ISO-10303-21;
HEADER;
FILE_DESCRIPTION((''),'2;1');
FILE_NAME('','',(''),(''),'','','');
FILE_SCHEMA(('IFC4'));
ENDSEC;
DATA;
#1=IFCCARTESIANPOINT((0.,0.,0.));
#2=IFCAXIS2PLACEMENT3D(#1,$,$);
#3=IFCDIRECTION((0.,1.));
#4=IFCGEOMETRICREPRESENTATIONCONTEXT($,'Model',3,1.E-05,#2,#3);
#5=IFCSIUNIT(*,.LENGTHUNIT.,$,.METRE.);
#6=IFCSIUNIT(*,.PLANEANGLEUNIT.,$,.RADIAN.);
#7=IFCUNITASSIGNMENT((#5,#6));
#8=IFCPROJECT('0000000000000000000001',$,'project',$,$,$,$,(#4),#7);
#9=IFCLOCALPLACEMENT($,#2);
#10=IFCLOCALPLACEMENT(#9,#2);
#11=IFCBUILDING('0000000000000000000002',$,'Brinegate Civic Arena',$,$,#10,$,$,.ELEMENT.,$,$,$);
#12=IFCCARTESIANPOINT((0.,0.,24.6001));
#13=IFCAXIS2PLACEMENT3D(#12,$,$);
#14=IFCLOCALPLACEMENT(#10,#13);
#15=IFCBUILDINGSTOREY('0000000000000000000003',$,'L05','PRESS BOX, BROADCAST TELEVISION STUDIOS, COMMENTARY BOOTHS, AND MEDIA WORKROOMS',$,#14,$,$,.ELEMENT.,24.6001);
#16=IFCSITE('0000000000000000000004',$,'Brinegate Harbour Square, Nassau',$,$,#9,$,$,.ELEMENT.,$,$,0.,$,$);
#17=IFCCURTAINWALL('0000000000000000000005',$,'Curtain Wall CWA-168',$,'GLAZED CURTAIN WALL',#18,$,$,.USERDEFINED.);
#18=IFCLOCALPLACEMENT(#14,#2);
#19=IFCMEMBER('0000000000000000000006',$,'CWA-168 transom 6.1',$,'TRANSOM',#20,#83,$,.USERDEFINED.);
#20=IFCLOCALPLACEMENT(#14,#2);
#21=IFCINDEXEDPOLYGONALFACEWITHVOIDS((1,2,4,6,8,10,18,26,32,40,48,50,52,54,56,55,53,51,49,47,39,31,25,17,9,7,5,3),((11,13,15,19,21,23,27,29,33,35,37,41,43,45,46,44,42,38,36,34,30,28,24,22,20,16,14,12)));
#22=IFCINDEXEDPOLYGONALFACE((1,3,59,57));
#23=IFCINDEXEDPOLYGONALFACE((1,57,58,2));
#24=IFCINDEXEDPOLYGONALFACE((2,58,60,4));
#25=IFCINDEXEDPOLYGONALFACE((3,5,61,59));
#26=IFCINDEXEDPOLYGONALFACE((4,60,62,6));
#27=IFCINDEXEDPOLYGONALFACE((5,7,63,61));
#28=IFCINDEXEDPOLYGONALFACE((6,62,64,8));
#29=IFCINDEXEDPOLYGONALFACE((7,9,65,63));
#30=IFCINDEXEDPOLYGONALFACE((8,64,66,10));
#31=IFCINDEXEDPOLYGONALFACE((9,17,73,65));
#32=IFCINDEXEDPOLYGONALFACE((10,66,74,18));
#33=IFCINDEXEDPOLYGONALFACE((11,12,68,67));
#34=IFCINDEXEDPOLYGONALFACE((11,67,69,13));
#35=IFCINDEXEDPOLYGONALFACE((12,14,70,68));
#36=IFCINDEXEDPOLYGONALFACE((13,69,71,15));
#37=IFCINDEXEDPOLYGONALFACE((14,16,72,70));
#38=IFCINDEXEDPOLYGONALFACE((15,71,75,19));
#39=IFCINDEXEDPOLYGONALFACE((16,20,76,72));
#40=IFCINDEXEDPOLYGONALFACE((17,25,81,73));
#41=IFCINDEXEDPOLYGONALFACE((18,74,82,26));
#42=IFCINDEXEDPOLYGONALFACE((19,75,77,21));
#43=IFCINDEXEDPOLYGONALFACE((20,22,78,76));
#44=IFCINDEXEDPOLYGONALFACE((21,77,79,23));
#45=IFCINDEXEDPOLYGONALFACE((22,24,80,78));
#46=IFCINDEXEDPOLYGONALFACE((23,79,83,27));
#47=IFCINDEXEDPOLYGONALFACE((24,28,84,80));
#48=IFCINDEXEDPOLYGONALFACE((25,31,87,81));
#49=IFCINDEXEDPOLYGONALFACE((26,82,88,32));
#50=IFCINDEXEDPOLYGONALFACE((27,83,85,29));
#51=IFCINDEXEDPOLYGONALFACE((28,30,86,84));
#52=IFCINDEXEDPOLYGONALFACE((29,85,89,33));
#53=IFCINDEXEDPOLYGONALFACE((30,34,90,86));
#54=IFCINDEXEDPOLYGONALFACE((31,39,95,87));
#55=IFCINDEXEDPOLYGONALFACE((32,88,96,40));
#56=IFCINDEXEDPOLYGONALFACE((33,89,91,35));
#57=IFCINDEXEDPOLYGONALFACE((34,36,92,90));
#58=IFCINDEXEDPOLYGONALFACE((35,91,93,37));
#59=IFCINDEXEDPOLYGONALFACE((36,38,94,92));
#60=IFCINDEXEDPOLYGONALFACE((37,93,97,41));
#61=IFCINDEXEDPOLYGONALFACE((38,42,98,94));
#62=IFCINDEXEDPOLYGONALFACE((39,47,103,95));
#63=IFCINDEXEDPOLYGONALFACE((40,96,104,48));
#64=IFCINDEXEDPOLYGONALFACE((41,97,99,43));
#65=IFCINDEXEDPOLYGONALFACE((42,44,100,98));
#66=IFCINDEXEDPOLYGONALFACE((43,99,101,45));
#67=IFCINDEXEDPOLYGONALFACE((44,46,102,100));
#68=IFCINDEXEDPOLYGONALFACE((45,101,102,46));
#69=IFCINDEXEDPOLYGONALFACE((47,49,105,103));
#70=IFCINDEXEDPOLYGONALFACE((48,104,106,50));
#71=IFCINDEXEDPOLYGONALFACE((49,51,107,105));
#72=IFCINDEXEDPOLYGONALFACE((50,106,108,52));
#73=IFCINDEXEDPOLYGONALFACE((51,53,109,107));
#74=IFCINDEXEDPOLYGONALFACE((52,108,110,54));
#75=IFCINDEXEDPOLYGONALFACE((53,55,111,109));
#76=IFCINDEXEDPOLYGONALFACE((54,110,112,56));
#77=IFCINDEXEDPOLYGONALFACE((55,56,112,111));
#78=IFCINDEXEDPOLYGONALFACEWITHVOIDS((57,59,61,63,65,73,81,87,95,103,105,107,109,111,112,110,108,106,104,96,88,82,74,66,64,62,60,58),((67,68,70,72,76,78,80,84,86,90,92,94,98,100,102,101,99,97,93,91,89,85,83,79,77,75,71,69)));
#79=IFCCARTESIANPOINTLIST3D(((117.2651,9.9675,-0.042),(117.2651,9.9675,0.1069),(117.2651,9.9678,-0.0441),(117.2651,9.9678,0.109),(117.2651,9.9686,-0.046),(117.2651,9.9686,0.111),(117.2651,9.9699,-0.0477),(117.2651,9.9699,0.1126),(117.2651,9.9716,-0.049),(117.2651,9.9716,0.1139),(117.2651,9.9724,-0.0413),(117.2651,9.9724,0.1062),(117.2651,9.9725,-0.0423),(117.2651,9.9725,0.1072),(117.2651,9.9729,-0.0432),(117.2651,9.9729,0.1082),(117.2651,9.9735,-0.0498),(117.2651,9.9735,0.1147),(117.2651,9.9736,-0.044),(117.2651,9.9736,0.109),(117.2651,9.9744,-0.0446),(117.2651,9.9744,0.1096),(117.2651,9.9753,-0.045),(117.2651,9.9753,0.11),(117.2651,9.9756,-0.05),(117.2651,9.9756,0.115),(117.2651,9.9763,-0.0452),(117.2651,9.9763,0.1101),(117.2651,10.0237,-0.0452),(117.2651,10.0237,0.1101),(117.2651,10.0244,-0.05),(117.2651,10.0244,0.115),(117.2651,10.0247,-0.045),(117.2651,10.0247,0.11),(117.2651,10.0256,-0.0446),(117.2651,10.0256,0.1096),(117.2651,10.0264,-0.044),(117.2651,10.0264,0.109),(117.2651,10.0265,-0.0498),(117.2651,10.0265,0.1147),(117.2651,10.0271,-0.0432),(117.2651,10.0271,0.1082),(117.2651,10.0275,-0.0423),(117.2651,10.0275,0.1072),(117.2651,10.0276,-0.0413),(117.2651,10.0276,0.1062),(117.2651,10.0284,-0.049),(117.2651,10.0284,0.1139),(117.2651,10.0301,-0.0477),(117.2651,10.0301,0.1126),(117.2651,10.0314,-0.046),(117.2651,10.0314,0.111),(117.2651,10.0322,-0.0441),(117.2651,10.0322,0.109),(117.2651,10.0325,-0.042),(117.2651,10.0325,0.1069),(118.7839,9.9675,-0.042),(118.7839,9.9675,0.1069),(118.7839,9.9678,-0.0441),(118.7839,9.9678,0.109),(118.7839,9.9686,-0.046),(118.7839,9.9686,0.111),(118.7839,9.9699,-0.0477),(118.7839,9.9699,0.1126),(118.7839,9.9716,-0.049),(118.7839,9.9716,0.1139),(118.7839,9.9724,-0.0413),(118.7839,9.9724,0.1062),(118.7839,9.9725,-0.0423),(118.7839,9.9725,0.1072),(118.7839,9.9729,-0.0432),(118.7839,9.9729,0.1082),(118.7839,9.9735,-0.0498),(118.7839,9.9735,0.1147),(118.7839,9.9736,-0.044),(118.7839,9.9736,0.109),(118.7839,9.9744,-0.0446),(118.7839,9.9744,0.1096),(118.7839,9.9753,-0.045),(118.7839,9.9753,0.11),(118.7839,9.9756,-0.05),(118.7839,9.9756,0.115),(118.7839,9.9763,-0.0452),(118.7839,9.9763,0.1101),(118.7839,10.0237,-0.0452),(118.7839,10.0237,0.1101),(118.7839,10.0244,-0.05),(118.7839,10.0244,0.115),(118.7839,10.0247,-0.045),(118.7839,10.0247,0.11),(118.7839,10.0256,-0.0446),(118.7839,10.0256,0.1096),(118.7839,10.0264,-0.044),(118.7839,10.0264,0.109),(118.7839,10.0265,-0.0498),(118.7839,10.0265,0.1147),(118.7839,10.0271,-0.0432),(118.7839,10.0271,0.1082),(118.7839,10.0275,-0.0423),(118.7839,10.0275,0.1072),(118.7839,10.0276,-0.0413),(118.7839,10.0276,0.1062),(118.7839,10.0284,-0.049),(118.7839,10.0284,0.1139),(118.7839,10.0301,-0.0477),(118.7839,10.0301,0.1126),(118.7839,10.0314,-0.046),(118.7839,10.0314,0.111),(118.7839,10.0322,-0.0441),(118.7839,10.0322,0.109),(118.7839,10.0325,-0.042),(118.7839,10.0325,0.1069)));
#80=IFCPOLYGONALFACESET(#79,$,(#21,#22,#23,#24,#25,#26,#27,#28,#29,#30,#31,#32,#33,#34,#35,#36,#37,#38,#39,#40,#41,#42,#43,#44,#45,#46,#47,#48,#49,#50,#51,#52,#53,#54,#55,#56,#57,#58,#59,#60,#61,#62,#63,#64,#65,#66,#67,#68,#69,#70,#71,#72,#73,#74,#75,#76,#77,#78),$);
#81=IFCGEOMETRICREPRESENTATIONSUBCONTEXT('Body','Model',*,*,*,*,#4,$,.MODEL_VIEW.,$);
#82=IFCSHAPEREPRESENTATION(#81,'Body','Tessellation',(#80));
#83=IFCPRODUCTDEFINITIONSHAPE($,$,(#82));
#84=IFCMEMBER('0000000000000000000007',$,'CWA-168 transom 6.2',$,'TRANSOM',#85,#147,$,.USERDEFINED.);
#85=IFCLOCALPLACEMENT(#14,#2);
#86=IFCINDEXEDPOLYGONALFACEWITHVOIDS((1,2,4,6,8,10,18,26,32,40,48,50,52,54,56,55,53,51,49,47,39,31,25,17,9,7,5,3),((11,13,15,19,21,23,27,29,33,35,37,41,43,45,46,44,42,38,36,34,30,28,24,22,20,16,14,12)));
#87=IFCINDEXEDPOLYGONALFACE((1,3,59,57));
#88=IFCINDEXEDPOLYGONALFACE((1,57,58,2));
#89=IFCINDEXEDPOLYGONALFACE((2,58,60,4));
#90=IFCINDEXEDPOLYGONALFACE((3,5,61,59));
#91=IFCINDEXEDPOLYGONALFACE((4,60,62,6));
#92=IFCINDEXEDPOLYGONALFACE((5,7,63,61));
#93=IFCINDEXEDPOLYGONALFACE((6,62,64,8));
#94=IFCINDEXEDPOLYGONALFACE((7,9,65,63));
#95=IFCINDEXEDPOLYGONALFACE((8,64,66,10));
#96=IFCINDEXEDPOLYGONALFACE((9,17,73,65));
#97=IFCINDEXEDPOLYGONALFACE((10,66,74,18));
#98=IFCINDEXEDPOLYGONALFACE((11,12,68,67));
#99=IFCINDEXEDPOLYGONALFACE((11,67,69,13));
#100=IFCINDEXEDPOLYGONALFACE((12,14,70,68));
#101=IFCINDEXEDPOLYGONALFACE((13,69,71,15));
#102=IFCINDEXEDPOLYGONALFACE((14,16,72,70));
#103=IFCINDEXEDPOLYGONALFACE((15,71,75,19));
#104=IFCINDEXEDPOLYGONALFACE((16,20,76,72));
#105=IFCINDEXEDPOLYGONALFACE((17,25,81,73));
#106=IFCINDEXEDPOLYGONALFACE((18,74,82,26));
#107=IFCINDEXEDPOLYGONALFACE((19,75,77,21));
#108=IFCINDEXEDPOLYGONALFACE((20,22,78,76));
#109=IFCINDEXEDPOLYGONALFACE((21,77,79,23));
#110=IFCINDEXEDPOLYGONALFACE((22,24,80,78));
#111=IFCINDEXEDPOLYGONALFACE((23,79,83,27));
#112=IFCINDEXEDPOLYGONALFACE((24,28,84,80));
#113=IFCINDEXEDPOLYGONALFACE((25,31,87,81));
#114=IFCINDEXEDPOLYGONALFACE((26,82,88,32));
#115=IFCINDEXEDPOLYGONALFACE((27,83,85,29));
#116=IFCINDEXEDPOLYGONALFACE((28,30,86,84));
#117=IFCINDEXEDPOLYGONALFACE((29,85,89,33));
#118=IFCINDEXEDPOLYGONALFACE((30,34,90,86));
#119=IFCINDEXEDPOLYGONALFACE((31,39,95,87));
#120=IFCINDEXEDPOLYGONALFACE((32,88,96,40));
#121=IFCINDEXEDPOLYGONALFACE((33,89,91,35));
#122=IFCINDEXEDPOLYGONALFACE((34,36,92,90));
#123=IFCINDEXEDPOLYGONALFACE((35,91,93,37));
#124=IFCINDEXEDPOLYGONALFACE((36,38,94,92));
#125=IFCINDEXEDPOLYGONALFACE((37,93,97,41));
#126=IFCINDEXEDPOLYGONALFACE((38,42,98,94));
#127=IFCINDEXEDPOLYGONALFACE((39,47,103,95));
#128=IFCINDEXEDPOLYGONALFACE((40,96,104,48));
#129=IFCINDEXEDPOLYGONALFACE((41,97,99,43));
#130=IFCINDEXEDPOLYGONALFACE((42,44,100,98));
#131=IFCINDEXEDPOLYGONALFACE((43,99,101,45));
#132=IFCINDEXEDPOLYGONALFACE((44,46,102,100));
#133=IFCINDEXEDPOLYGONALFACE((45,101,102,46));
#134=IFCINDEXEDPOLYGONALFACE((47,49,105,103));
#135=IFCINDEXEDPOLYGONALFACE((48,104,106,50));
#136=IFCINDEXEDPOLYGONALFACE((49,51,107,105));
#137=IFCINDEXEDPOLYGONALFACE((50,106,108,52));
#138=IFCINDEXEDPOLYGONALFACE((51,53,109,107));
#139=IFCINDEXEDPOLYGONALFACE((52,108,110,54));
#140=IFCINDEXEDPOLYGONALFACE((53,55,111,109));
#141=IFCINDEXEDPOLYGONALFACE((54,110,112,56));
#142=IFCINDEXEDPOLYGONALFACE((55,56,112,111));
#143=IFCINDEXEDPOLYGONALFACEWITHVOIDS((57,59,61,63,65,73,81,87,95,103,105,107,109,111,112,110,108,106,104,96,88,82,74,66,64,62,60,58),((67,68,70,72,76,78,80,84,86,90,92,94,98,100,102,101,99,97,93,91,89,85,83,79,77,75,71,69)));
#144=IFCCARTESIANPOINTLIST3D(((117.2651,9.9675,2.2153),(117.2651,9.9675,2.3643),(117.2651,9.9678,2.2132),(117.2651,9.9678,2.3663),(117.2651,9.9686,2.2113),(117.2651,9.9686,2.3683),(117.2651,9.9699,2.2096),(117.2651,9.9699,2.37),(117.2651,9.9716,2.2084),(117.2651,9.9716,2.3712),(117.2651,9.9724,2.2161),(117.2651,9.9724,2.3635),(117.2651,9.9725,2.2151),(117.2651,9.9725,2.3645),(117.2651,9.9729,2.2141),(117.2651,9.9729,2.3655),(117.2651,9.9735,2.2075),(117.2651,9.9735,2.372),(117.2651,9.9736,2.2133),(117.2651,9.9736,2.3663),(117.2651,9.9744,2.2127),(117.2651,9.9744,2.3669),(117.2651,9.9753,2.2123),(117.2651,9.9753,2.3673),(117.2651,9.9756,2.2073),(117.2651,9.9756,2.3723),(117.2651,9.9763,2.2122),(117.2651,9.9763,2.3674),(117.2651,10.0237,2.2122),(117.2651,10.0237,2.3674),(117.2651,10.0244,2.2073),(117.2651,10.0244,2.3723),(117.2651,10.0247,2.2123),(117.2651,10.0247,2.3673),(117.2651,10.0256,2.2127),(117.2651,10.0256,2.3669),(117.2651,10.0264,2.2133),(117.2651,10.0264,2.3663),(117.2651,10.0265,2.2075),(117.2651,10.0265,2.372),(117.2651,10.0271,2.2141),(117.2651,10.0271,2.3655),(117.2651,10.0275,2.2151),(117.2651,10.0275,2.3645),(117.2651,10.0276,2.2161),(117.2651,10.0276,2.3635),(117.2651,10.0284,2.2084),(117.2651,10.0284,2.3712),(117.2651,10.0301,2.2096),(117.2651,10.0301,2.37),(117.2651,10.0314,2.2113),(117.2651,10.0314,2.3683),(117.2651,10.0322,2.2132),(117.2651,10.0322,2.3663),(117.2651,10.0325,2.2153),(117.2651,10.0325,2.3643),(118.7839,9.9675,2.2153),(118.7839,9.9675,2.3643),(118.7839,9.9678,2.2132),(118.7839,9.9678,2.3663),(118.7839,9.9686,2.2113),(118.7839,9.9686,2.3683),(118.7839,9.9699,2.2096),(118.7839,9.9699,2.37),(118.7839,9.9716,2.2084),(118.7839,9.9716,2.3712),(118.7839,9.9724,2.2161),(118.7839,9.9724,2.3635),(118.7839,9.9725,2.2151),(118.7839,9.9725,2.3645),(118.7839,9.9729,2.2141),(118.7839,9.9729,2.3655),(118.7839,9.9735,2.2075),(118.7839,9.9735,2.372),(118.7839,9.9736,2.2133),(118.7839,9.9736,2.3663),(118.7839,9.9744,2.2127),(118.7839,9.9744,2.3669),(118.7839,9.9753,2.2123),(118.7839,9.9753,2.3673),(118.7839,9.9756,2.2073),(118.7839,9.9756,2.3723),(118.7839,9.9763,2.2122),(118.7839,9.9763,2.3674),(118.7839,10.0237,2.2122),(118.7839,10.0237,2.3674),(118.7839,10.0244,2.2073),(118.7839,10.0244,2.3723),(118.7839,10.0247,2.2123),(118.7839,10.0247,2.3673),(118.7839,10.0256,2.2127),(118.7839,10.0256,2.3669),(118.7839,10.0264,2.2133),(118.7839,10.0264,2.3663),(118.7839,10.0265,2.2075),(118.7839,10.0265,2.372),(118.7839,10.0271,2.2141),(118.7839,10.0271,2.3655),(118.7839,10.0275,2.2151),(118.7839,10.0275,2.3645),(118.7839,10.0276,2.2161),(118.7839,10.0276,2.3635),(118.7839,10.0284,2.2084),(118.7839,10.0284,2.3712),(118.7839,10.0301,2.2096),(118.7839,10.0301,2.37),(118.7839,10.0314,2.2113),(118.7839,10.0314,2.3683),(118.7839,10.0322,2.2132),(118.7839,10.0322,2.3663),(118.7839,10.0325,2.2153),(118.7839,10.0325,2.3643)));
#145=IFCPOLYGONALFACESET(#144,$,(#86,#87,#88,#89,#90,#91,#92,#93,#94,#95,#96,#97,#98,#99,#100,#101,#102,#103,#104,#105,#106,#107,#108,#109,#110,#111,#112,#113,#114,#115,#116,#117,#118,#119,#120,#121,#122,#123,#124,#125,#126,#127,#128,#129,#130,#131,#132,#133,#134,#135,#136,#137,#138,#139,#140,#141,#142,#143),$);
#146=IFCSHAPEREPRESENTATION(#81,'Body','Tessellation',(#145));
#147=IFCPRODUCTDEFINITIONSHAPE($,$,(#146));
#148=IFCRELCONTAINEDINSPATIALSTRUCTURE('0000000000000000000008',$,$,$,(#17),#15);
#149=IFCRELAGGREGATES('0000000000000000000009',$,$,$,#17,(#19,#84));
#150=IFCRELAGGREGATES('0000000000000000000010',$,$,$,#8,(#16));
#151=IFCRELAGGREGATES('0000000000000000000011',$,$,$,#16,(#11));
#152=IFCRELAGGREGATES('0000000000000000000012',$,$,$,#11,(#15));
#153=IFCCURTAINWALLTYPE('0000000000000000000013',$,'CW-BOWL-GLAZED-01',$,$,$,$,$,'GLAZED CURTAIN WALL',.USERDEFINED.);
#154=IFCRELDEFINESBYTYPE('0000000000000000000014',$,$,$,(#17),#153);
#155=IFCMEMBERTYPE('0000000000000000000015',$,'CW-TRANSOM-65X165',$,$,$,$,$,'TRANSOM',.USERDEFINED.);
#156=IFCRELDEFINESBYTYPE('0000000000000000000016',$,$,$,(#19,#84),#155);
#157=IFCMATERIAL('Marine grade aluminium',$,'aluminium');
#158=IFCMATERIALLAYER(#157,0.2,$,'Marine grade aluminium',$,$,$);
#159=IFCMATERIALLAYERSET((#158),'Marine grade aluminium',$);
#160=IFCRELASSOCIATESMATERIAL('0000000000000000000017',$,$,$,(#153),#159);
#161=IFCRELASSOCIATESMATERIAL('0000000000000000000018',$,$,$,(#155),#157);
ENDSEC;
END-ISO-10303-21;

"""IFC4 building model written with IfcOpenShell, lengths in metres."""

from ifc_helpers import new_model, si_unit, direction, frame, origin, origin_2d, place, context, subcontext, project, spatial, hollow_rectangle, extrude, material, layer, layer_set, material_profile, profile_set, type_object, element, aggregate, save


model = new_model("IFC4")

# Units and contexts
model_context = context("Model", 3, precision=1e-05, world=origin(), true_north=direction((0.0, 1.0)))
body_context = subcontext(model_context, "Body", "Model", "MODEL_VIEW")
ifc_project = project(units=[si_unit("LENGTHUNIT", "METRE"), si_unit("PLANEANGLEUNIT", "RADIAN")], contexts=[model_context])

# Site, building, storey
site_placement = place(None, origin())
site = spatial("IfcSite", under=ifc_project, at=site_placement, Name="Brinegate Harbour Square, Nassau", CompositionType="ELEMENT", RefElevation=0.0)
building_placement = place(site_placement, origin())
building = spatial("IfcBuilding", under=site, at=building_placement, Name="Brinegate Civic Arena", CompositionType="ELEMENT")
storey_placement = place(building_placement, frame((0.0, 0.0, 24.6001)))
storey = spatial("IfcBuildingStorey", under=building, at=storey_placement, Name="L05", Description="PRESS BOX, BROADCAST TELEVISION STUDIOS, COMMENTARY BOOTHS, AND MEDIA WORKROOMS", CompositionType="ELEMENT", Elevation=24.6001)

# Curtain wall, members
ifc_material_1 = material(Name="Marine grade aluminium", Category="aluminium")
ifc_layer_1 = layer(ifc_material_1, 0.2, Name="Marine grade aluminium")
ifc_layer_set_1 = layer_set([ifc_layer_1], Name="Marine grade aluminium")
curtain_wall_type = type_object("IfcCurtainWallType", Name="CW-BOWL-GLAZED-01", ElementType="GLAZED CURTAIN WALL", PredefinedType="USERDEFINED", material=ifc_layer_set_1)
curtain_wall_placement = place(storey_placement, origin())
curtain_wall = element("IfcCurtainWall", 1, at=curtain_wall_placement, inside=storey, type_object=curtain_wall_type, Name="Curtain Wall CWA-168", ObjectType="GLAZED CURTAIN WALL", PredefinedType="USERDEFINED")
ifc_material_profile_1 = material_profile(ifc_material_1, hollow_rectangle(XDim=0.0649, YDim=0.165, WallThickness=0.0049, InnerFilletRadius=0.0039, OuterFilletRadius=0.0081, at=origin_2d()), Name="TRN65X165")
ifc_profile_set_1 = profile_set([ifc_material_profile_1], Name="Marine grade aluminium")
member_type_1 = type_object("IfcMemberType", Name="CW-TRANSOM-65X165", ElementType="TRANSOM", PredefinedType="USERDEFINED", material=ifc_profile_set_1)
member_1_placement = place(storey_placement, frame((117.2651, 10.0, 0.0325), z_axis=(1.0, 0.0, 0.0), x_axis=(0.0, 1.0, 0.0)))
member_1 = element("IfcMember", 2, at=member_1_placement, type_object=member_type_1, Name="CWA-168 transom 6.1", ObjectType="TRANSOM", PredefinedType="USERDEFINED", context=body_context, shape_type="SweptSolid", body=[
    extrude(hollow_rectangle(XDim=0.0649, YDim=0.165, WallThickness=0.0049, InnerFilletRadius=0.0039, OuterFilletRadius=0.0081, at=origin_2d()), origin(), (0.0, 0.0, 1.0), 1.5188),
])
member_2_placement = place(storey_placement, frame((117.2651, 10.0, 2.2898), z_axis=(1.0, 0.0, 0.0), x_axis=(0.0, 1.0, 0.0)))
member_2 = element("IfcMember", 3, at=member_2_placement, type_object=member_type_1, Name="CWA-168 transom 6.2", ObjectType="TRANSOM", PredefinedType="USERDEFINED", context=body_context, shape_type="SweptSolid", body=[
    extrude(hollow_rectangle(XDim=0.0649, YDim=0.165, WallThickness=0.0049, InnerFilletRadius=0.0039, OuterFilletRadius=0.0081, at=origin_2d()), origin(), (0.0, 0.0, 1.0), 1.5188),
])
aggregate(curtain_wall, [member_1, member_2])

save(model, "model.ifc")
